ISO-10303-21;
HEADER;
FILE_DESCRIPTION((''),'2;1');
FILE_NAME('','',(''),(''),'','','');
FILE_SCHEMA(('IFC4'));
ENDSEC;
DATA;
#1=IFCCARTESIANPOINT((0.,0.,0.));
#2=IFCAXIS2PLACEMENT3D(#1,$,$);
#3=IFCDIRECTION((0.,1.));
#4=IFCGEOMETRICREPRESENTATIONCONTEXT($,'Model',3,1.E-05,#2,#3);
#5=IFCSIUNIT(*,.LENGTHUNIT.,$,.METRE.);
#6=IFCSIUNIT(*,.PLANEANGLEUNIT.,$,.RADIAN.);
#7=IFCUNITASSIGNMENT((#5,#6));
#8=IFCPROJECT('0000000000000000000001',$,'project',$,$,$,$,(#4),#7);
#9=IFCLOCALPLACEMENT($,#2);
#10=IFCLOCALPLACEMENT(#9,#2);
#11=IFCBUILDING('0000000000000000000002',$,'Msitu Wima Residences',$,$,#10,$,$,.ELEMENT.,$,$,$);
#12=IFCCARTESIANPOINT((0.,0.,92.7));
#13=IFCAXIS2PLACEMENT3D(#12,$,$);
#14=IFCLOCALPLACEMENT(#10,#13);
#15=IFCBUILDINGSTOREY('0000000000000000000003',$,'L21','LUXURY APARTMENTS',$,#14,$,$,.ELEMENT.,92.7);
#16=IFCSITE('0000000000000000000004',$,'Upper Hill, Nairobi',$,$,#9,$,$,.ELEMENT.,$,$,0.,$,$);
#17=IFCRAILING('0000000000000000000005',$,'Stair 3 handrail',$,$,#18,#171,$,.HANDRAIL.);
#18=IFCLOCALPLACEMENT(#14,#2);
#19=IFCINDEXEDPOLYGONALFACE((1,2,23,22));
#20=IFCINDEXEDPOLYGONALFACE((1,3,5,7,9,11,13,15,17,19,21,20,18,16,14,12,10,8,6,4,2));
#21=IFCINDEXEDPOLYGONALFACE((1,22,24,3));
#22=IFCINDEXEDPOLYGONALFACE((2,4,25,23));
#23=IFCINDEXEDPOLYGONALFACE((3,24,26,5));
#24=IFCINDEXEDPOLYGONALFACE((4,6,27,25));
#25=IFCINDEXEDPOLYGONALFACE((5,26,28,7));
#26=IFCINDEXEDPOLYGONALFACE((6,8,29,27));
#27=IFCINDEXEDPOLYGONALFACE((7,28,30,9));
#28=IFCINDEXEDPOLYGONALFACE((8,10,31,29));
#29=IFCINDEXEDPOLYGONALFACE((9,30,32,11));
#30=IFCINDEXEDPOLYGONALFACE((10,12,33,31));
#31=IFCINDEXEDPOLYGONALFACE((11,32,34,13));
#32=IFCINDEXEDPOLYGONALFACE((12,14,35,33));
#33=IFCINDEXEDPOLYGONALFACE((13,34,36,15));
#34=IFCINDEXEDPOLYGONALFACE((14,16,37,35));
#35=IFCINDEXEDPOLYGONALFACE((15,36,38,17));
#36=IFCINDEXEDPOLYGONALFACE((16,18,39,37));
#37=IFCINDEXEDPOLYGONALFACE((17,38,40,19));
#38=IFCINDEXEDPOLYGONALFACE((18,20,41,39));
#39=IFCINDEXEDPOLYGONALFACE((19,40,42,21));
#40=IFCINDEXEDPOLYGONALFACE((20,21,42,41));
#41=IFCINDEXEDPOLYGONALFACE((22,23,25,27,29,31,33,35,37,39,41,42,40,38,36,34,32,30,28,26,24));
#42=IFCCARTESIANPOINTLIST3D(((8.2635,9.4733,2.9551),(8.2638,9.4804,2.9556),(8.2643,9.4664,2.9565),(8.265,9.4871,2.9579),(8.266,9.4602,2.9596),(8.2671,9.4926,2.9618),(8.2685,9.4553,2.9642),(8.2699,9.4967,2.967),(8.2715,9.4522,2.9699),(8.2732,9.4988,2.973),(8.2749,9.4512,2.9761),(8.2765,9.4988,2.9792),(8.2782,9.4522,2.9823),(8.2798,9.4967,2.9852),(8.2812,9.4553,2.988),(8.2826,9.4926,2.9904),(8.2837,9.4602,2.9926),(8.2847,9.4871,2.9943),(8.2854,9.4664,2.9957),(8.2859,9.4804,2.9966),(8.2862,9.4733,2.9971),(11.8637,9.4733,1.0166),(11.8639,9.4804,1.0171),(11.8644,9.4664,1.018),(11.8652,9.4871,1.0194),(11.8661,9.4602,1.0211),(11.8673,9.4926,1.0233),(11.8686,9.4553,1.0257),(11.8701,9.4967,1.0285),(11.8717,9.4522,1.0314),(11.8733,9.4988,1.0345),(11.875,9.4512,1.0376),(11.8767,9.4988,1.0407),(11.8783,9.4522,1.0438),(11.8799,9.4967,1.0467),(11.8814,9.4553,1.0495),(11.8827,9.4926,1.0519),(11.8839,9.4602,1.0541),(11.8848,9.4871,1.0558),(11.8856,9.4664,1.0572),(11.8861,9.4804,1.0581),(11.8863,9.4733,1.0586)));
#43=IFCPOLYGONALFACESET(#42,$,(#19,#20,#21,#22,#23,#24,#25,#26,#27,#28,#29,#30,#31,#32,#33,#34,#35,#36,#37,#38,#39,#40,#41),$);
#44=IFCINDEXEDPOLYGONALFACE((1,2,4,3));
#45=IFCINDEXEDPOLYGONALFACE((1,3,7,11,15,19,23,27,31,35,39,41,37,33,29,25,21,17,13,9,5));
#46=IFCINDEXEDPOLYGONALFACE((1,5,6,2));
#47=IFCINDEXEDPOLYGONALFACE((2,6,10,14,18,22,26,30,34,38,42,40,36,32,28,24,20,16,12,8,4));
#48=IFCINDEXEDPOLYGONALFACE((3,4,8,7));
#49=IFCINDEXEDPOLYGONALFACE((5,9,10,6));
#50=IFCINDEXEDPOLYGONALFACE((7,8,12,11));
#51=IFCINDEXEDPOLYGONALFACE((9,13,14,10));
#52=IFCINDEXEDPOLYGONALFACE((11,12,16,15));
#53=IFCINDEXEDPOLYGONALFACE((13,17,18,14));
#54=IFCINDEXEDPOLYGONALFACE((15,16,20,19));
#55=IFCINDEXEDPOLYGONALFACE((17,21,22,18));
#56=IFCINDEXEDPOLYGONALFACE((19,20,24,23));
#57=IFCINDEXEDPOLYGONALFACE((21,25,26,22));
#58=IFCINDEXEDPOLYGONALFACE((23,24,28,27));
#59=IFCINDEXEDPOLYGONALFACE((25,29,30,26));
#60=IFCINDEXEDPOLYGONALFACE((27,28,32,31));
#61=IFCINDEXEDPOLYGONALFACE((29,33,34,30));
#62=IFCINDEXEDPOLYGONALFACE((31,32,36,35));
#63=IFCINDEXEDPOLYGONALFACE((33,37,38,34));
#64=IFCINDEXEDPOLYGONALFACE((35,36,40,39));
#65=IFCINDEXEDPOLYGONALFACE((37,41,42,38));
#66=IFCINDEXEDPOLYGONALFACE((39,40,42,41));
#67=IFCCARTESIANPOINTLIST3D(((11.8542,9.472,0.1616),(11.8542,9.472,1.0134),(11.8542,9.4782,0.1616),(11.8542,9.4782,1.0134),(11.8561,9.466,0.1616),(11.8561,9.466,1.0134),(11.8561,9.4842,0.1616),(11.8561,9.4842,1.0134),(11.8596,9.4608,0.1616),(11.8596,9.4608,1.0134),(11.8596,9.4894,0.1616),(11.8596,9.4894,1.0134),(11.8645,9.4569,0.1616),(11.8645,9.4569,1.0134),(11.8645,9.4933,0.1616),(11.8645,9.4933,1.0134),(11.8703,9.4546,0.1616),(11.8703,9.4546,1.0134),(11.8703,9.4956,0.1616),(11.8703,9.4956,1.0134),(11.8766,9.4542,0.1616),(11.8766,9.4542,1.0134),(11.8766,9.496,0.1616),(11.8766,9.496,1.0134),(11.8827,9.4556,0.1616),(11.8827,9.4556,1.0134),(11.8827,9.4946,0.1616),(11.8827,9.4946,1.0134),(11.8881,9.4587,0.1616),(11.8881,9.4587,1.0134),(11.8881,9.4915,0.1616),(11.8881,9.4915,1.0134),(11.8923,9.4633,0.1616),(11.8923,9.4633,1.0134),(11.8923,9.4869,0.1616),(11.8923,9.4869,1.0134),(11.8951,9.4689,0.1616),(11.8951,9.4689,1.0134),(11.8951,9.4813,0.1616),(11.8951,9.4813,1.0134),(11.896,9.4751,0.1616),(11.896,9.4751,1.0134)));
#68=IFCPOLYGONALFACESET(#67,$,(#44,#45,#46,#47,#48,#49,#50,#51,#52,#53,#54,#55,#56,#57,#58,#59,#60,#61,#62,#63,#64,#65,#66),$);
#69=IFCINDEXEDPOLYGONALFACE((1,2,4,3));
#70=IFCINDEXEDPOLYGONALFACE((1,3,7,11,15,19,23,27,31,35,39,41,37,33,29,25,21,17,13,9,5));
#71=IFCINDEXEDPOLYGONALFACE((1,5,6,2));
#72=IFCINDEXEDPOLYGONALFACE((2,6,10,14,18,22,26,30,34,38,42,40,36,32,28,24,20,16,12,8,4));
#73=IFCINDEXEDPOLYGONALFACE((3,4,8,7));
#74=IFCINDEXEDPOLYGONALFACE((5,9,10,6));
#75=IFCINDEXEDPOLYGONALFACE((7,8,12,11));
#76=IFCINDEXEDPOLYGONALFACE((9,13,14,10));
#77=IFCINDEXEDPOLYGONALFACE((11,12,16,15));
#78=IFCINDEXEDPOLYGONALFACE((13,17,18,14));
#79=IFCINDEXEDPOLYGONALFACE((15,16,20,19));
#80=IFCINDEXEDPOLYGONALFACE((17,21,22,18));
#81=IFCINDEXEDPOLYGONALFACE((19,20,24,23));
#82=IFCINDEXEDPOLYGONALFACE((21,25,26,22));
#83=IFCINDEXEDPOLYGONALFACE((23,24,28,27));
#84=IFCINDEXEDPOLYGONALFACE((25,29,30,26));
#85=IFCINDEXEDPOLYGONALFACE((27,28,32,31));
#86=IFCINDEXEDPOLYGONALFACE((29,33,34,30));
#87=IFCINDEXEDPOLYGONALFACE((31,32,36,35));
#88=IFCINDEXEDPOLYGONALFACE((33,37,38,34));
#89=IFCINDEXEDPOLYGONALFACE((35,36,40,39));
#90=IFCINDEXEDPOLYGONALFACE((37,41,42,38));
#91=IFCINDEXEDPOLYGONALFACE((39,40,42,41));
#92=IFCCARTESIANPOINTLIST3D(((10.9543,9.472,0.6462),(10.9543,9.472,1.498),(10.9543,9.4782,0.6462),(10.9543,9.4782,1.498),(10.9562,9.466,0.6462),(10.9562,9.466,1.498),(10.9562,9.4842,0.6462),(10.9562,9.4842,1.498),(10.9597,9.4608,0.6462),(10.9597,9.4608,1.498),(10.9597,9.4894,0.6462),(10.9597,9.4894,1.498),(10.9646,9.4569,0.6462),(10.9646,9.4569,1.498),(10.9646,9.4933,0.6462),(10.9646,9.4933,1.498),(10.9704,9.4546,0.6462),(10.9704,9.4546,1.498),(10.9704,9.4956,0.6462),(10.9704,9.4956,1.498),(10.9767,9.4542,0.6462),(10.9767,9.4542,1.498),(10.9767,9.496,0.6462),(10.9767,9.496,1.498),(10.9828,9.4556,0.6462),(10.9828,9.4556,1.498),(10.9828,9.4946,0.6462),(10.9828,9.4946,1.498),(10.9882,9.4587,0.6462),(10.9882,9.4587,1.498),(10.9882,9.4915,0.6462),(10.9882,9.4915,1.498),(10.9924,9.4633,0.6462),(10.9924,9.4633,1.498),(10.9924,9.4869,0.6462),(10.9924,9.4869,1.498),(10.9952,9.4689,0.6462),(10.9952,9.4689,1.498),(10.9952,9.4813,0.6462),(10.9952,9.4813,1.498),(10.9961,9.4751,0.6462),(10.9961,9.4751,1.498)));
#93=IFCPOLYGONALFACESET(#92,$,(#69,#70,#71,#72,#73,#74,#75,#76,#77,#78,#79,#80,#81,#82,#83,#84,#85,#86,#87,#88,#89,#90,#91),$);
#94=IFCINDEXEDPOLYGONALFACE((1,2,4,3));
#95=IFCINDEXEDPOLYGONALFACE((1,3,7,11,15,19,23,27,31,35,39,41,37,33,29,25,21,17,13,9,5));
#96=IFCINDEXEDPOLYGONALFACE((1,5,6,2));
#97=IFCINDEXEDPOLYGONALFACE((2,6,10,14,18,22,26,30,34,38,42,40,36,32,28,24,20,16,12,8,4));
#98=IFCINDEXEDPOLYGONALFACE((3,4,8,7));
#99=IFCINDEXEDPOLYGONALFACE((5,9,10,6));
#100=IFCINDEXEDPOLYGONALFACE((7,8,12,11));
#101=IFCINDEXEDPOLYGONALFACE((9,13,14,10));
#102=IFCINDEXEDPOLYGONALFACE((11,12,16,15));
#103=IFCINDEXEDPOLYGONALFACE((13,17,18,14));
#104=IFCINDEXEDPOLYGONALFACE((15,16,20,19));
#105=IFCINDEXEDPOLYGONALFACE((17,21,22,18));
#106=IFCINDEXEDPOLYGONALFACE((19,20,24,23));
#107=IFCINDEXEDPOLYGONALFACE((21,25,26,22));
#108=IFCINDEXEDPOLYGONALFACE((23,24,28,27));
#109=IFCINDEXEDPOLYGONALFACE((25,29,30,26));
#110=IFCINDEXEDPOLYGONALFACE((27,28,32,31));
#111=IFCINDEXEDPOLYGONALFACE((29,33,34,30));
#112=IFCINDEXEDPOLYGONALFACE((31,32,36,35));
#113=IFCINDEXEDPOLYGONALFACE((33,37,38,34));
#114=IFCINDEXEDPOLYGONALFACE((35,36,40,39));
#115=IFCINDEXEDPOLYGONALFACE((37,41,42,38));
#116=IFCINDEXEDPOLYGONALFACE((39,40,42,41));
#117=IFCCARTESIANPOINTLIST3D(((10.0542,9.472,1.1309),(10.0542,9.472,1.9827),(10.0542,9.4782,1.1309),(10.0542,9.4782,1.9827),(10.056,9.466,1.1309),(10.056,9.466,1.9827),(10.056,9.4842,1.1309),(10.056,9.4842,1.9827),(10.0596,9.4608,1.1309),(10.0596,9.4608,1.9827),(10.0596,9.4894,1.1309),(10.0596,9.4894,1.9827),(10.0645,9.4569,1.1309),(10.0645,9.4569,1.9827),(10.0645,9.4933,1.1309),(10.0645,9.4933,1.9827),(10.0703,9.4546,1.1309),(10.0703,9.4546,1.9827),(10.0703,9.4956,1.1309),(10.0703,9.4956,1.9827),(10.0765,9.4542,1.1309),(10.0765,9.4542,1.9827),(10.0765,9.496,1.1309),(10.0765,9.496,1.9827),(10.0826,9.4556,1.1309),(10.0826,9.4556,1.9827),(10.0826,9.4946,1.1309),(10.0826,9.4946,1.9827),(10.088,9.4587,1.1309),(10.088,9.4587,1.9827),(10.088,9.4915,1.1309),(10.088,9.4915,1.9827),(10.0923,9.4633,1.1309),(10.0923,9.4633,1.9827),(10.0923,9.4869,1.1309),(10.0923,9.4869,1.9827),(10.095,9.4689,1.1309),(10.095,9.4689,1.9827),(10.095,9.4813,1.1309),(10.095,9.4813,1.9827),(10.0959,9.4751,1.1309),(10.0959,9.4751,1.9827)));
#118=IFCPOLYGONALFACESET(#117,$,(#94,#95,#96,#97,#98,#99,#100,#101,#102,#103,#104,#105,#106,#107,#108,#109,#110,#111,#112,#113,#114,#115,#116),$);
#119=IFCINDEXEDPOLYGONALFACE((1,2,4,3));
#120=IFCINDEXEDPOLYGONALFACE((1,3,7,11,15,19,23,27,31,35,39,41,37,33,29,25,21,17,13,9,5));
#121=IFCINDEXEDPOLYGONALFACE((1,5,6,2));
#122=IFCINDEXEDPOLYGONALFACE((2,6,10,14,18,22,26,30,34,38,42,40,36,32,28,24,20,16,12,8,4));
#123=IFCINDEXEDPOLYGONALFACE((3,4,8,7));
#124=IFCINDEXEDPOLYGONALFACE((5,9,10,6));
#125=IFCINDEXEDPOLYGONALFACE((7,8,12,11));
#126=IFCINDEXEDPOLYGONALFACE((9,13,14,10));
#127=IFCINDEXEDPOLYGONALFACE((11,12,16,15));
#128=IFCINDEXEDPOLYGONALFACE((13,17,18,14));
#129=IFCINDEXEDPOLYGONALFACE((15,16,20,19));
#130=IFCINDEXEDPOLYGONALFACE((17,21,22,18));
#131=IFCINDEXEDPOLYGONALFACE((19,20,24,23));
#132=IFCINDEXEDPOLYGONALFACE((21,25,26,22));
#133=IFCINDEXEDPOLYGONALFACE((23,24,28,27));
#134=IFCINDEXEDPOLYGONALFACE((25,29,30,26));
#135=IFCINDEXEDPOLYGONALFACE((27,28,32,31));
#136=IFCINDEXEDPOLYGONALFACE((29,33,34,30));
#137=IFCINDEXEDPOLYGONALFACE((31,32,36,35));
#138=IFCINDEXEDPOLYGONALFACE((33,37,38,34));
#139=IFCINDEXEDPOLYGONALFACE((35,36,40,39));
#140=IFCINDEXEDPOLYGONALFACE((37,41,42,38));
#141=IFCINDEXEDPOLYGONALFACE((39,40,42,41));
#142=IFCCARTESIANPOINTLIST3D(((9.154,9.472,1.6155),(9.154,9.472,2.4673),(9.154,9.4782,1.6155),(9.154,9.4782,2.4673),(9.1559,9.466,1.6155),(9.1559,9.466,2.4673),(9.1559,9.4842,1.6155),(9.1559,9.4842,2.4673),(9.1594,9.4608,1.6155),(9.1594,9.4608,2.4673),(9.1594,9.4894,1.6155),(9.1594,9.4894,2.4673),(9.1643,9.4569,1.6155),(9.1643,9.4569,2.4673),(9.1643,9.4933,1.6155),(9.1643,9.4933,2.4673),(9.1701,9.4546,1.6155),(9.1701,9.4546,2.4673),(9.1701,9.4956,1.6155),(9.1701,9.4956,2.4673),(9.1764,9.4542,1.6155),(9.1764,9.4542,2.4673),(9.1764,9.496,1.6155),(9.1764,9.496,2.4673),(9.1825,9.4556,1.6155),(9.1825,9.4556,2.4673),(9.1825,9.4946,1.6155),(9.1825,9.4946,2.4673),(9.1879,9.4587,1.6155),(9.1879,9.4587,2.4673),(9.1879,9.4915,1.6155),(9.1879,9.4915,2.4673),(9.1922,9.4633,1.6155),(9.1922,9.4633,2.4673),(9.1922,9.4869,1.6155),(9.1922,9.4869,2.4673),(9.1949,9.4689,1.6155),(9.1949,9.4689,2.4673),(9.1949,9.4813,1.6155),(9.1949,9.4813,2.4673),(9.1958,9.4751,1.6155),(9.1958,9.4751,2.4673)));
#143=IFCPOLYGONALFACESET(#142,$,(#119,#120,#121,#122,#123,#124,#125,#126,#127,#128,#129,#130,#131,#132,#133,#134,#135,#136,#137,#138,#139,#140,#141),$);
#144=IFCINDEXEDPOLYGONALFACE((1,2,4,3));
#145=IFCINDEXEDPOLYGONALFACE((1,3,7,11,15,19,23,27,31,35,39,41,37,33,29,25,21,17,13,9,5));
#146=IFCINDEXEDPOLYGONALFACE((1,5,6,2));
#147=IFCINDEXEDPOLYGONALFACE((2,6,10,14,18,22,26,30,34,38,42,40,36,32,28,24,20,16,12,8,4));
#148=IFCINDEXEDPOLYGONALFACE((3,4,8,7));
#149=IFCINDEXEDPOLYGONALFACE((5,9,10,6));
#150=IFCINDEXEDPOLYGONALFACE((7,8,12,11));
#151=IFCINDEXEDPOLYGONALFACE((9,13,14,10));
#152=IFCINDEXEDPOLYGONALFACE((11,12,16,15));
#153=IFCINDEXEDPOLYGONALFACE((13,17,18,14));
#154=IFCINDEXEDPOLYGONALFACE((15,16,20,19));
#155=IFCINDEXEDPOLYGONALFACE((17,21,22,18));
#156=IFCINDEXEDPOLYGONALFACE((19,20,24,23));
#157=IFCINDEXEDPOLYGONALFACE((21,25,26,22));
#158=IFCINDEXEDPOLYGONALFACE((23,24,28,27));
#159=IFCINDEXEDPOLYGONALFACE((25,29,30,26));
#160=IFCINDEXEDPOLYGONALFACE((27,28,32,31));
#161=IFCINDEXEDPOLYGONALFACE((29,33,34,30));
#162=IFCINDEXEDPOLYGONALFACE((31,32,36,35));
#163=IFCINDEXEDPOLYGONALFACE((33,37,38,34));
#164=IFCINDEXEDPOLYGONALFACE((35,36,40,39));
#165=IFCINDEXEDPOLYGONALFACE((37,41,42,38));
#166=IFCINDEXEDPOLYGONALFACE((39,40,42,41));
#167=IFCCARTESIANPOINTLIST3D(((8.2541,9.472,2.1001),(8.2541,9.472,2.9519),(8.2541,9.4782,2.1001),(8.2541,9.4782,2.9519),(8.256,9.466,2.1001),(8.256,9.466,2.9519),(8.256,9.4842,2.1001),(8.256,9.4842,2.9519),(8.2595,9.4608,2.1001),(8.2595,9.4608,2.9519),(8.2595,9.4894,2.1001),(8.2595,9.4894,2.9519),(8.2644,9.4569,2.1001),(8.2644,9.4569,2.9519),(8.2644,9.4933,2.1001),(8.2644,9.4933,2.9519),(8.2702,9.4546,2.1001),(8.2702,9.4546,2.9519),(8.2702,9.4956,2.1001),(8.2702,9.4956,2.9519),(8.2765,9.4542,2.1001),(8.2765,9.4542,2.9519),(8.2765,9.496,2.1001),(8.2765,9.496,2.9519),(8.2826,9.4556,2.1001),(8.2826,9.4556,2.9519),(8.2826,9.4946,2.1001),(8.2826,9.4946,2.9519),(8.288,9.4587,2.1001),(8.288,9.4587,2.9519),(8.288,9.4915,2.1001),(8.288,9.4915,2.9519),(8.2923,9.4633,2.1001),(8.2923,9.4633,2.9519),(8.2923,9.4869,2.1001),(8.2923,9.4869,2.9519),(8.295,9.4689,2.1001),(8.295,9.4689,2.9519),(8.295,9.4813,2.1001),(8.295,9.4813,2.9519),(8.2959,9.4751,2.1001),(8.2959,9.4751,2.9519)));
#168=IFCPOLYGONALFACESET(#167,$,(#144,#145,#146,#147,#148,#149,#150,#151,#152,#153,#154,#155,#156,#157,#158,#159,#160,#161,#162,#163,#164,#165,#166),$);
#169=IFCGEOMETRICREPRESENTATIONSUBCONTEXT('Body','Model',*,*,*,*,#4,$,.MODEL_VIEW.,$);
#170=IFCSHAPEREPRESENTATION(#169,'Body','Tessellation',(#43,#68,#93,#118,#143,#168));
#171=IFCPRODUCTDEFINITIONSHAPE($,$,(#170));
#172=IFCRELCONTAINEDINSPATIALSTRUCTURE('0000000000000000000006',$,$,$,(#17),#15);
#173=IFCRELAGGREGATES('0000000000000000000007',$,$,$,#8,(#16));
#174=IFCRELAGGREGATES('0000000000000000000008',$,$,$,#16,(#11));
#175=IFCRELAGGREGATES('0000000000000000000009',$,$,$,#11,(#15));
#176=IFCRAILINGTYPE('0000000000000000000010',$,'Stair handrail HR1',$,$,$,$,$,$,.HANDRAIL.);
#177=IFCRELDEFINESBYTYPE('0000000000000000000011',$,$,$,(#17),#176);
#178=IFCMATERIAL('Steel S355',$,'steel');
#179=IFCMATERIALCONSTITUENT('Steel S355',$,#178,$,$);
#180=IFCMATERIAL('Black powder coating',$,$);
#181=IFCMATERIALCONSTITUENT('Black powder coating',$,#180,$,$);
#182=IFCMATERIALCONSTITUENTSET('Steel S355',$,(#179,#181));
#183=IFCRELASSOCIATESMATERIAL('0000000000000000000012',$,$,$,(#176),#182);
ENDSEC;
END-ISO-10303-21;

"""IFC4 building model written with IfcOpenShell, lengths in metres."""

from ifc_helpers import new_model, si_unit, direction, frame, origin, origin_2d, place, context, subcontext, project, spatial, circle, extrude, material, constituent, constituent_set, type_object, element, save


model = new_model("IFC4")

# Units and contexts
model_context = context("Model", 3, precision=1e-05, world=origin(), true_north=direction((0.0, 1.0)))
body_context = subcontext(model_context, "Body", "Model", "MODEL_VIEW")
ifc_project = project(units=[si_unit("LENGTHUNIT", "METRE"), si_unit("PLANEANGLEUNIT", "RADIAN")], contexts=[model_context])

# Site, building, storey
site_placement = place(None, origin())
site = spatial("IfcSite", under=ifc_project, at=site_placement, Name="Upper Hill, Nairobi", CompositionType="ELEMENT", RefElevation=0.0)
building_placement = place(site_placement, origin())
building = spatial("IfcBuilding", under=site, at=building_placement, Name="Msitu Wima Residences", CompositionType="ELEMENT")
storey_placement = place(building_placement, frame((0.0, 0.0, 92.7)))
storey = spatial("IfcBuildingStorey", under=building, at=storey_placement, Name="L21", Description="LUXURY APARTMENTS", CompositionType="ELEMENT", Elevation=92.7)

# Railing
ifc_material_1 = material(Name="Steel S355", Category="steel")
ifc_constituent_1 = constituent(ifc_material_1, Name="Steel S355")
ifc_material_2 = material(Name="Black powder coating")
ifc_constituent_2 = constituent(ifc_material_2, Name="Black powder coating")
ifc_constituent_set = constituent_set(constituents=[ifc_constituent_1, ifc_constituent_2], Name="Steel S355")
railing_type = type_object("IfcRailingType", Name="Stair handrail HR1", PredefinedType="HANDRAIL", material=ifc_constituent_set)
for number, where, name in (
    (1, (11.875, 9.4751, 0.1616), "Stair 3 handrail"),
):
    element("IfcRailing", number, at=place(storey_placement, frame(where)), inside=storey, type_object=railing_type, Name=name, PredefinedType="HANDRAIL", context=body_context, shape_type="SweptSolid", body=[
        extrude(circle(Radius=0.0239, at=origin_2d()), frame((0.0, 0.0, 0.876), z_axis=(-0.880475, 0.0, 0.474093), x_axis=(0.0, -1.0, 0.0)), (0.0, 0.0, 1.0), 4.0889),
        extrude(circle(Radius=0.021, at=origin_2d()), origin(), (0.0, 0.0, 1.0), 0.8518),
        extrude(circle(Radius=0.021, at=origin_2d()), frame((-0.8999, 0.0, 0.4846)), (0.0, 0.0, 1.0), 0.8518),
        extrude(circle(Radius=0.021, at=origin_2d()), frame((-1.8, 0.0, 0.9692)), (0.0, 0.0, 1.0), 0.8518),
        extrude(circle(Radius=0.021, at=origin_2d()), frame((-2.7002, 0.0, 1.4539)), (0.0, 0.0, 1.0), 0.8518),
        extrude(circle(Radius=0.021, at=origin_2d()), frame((-3.6001, 0.0, 1.9385)), (0.0, 0.0, 1.0), 0.8518),
    ])

save(model, "model.ifc")
